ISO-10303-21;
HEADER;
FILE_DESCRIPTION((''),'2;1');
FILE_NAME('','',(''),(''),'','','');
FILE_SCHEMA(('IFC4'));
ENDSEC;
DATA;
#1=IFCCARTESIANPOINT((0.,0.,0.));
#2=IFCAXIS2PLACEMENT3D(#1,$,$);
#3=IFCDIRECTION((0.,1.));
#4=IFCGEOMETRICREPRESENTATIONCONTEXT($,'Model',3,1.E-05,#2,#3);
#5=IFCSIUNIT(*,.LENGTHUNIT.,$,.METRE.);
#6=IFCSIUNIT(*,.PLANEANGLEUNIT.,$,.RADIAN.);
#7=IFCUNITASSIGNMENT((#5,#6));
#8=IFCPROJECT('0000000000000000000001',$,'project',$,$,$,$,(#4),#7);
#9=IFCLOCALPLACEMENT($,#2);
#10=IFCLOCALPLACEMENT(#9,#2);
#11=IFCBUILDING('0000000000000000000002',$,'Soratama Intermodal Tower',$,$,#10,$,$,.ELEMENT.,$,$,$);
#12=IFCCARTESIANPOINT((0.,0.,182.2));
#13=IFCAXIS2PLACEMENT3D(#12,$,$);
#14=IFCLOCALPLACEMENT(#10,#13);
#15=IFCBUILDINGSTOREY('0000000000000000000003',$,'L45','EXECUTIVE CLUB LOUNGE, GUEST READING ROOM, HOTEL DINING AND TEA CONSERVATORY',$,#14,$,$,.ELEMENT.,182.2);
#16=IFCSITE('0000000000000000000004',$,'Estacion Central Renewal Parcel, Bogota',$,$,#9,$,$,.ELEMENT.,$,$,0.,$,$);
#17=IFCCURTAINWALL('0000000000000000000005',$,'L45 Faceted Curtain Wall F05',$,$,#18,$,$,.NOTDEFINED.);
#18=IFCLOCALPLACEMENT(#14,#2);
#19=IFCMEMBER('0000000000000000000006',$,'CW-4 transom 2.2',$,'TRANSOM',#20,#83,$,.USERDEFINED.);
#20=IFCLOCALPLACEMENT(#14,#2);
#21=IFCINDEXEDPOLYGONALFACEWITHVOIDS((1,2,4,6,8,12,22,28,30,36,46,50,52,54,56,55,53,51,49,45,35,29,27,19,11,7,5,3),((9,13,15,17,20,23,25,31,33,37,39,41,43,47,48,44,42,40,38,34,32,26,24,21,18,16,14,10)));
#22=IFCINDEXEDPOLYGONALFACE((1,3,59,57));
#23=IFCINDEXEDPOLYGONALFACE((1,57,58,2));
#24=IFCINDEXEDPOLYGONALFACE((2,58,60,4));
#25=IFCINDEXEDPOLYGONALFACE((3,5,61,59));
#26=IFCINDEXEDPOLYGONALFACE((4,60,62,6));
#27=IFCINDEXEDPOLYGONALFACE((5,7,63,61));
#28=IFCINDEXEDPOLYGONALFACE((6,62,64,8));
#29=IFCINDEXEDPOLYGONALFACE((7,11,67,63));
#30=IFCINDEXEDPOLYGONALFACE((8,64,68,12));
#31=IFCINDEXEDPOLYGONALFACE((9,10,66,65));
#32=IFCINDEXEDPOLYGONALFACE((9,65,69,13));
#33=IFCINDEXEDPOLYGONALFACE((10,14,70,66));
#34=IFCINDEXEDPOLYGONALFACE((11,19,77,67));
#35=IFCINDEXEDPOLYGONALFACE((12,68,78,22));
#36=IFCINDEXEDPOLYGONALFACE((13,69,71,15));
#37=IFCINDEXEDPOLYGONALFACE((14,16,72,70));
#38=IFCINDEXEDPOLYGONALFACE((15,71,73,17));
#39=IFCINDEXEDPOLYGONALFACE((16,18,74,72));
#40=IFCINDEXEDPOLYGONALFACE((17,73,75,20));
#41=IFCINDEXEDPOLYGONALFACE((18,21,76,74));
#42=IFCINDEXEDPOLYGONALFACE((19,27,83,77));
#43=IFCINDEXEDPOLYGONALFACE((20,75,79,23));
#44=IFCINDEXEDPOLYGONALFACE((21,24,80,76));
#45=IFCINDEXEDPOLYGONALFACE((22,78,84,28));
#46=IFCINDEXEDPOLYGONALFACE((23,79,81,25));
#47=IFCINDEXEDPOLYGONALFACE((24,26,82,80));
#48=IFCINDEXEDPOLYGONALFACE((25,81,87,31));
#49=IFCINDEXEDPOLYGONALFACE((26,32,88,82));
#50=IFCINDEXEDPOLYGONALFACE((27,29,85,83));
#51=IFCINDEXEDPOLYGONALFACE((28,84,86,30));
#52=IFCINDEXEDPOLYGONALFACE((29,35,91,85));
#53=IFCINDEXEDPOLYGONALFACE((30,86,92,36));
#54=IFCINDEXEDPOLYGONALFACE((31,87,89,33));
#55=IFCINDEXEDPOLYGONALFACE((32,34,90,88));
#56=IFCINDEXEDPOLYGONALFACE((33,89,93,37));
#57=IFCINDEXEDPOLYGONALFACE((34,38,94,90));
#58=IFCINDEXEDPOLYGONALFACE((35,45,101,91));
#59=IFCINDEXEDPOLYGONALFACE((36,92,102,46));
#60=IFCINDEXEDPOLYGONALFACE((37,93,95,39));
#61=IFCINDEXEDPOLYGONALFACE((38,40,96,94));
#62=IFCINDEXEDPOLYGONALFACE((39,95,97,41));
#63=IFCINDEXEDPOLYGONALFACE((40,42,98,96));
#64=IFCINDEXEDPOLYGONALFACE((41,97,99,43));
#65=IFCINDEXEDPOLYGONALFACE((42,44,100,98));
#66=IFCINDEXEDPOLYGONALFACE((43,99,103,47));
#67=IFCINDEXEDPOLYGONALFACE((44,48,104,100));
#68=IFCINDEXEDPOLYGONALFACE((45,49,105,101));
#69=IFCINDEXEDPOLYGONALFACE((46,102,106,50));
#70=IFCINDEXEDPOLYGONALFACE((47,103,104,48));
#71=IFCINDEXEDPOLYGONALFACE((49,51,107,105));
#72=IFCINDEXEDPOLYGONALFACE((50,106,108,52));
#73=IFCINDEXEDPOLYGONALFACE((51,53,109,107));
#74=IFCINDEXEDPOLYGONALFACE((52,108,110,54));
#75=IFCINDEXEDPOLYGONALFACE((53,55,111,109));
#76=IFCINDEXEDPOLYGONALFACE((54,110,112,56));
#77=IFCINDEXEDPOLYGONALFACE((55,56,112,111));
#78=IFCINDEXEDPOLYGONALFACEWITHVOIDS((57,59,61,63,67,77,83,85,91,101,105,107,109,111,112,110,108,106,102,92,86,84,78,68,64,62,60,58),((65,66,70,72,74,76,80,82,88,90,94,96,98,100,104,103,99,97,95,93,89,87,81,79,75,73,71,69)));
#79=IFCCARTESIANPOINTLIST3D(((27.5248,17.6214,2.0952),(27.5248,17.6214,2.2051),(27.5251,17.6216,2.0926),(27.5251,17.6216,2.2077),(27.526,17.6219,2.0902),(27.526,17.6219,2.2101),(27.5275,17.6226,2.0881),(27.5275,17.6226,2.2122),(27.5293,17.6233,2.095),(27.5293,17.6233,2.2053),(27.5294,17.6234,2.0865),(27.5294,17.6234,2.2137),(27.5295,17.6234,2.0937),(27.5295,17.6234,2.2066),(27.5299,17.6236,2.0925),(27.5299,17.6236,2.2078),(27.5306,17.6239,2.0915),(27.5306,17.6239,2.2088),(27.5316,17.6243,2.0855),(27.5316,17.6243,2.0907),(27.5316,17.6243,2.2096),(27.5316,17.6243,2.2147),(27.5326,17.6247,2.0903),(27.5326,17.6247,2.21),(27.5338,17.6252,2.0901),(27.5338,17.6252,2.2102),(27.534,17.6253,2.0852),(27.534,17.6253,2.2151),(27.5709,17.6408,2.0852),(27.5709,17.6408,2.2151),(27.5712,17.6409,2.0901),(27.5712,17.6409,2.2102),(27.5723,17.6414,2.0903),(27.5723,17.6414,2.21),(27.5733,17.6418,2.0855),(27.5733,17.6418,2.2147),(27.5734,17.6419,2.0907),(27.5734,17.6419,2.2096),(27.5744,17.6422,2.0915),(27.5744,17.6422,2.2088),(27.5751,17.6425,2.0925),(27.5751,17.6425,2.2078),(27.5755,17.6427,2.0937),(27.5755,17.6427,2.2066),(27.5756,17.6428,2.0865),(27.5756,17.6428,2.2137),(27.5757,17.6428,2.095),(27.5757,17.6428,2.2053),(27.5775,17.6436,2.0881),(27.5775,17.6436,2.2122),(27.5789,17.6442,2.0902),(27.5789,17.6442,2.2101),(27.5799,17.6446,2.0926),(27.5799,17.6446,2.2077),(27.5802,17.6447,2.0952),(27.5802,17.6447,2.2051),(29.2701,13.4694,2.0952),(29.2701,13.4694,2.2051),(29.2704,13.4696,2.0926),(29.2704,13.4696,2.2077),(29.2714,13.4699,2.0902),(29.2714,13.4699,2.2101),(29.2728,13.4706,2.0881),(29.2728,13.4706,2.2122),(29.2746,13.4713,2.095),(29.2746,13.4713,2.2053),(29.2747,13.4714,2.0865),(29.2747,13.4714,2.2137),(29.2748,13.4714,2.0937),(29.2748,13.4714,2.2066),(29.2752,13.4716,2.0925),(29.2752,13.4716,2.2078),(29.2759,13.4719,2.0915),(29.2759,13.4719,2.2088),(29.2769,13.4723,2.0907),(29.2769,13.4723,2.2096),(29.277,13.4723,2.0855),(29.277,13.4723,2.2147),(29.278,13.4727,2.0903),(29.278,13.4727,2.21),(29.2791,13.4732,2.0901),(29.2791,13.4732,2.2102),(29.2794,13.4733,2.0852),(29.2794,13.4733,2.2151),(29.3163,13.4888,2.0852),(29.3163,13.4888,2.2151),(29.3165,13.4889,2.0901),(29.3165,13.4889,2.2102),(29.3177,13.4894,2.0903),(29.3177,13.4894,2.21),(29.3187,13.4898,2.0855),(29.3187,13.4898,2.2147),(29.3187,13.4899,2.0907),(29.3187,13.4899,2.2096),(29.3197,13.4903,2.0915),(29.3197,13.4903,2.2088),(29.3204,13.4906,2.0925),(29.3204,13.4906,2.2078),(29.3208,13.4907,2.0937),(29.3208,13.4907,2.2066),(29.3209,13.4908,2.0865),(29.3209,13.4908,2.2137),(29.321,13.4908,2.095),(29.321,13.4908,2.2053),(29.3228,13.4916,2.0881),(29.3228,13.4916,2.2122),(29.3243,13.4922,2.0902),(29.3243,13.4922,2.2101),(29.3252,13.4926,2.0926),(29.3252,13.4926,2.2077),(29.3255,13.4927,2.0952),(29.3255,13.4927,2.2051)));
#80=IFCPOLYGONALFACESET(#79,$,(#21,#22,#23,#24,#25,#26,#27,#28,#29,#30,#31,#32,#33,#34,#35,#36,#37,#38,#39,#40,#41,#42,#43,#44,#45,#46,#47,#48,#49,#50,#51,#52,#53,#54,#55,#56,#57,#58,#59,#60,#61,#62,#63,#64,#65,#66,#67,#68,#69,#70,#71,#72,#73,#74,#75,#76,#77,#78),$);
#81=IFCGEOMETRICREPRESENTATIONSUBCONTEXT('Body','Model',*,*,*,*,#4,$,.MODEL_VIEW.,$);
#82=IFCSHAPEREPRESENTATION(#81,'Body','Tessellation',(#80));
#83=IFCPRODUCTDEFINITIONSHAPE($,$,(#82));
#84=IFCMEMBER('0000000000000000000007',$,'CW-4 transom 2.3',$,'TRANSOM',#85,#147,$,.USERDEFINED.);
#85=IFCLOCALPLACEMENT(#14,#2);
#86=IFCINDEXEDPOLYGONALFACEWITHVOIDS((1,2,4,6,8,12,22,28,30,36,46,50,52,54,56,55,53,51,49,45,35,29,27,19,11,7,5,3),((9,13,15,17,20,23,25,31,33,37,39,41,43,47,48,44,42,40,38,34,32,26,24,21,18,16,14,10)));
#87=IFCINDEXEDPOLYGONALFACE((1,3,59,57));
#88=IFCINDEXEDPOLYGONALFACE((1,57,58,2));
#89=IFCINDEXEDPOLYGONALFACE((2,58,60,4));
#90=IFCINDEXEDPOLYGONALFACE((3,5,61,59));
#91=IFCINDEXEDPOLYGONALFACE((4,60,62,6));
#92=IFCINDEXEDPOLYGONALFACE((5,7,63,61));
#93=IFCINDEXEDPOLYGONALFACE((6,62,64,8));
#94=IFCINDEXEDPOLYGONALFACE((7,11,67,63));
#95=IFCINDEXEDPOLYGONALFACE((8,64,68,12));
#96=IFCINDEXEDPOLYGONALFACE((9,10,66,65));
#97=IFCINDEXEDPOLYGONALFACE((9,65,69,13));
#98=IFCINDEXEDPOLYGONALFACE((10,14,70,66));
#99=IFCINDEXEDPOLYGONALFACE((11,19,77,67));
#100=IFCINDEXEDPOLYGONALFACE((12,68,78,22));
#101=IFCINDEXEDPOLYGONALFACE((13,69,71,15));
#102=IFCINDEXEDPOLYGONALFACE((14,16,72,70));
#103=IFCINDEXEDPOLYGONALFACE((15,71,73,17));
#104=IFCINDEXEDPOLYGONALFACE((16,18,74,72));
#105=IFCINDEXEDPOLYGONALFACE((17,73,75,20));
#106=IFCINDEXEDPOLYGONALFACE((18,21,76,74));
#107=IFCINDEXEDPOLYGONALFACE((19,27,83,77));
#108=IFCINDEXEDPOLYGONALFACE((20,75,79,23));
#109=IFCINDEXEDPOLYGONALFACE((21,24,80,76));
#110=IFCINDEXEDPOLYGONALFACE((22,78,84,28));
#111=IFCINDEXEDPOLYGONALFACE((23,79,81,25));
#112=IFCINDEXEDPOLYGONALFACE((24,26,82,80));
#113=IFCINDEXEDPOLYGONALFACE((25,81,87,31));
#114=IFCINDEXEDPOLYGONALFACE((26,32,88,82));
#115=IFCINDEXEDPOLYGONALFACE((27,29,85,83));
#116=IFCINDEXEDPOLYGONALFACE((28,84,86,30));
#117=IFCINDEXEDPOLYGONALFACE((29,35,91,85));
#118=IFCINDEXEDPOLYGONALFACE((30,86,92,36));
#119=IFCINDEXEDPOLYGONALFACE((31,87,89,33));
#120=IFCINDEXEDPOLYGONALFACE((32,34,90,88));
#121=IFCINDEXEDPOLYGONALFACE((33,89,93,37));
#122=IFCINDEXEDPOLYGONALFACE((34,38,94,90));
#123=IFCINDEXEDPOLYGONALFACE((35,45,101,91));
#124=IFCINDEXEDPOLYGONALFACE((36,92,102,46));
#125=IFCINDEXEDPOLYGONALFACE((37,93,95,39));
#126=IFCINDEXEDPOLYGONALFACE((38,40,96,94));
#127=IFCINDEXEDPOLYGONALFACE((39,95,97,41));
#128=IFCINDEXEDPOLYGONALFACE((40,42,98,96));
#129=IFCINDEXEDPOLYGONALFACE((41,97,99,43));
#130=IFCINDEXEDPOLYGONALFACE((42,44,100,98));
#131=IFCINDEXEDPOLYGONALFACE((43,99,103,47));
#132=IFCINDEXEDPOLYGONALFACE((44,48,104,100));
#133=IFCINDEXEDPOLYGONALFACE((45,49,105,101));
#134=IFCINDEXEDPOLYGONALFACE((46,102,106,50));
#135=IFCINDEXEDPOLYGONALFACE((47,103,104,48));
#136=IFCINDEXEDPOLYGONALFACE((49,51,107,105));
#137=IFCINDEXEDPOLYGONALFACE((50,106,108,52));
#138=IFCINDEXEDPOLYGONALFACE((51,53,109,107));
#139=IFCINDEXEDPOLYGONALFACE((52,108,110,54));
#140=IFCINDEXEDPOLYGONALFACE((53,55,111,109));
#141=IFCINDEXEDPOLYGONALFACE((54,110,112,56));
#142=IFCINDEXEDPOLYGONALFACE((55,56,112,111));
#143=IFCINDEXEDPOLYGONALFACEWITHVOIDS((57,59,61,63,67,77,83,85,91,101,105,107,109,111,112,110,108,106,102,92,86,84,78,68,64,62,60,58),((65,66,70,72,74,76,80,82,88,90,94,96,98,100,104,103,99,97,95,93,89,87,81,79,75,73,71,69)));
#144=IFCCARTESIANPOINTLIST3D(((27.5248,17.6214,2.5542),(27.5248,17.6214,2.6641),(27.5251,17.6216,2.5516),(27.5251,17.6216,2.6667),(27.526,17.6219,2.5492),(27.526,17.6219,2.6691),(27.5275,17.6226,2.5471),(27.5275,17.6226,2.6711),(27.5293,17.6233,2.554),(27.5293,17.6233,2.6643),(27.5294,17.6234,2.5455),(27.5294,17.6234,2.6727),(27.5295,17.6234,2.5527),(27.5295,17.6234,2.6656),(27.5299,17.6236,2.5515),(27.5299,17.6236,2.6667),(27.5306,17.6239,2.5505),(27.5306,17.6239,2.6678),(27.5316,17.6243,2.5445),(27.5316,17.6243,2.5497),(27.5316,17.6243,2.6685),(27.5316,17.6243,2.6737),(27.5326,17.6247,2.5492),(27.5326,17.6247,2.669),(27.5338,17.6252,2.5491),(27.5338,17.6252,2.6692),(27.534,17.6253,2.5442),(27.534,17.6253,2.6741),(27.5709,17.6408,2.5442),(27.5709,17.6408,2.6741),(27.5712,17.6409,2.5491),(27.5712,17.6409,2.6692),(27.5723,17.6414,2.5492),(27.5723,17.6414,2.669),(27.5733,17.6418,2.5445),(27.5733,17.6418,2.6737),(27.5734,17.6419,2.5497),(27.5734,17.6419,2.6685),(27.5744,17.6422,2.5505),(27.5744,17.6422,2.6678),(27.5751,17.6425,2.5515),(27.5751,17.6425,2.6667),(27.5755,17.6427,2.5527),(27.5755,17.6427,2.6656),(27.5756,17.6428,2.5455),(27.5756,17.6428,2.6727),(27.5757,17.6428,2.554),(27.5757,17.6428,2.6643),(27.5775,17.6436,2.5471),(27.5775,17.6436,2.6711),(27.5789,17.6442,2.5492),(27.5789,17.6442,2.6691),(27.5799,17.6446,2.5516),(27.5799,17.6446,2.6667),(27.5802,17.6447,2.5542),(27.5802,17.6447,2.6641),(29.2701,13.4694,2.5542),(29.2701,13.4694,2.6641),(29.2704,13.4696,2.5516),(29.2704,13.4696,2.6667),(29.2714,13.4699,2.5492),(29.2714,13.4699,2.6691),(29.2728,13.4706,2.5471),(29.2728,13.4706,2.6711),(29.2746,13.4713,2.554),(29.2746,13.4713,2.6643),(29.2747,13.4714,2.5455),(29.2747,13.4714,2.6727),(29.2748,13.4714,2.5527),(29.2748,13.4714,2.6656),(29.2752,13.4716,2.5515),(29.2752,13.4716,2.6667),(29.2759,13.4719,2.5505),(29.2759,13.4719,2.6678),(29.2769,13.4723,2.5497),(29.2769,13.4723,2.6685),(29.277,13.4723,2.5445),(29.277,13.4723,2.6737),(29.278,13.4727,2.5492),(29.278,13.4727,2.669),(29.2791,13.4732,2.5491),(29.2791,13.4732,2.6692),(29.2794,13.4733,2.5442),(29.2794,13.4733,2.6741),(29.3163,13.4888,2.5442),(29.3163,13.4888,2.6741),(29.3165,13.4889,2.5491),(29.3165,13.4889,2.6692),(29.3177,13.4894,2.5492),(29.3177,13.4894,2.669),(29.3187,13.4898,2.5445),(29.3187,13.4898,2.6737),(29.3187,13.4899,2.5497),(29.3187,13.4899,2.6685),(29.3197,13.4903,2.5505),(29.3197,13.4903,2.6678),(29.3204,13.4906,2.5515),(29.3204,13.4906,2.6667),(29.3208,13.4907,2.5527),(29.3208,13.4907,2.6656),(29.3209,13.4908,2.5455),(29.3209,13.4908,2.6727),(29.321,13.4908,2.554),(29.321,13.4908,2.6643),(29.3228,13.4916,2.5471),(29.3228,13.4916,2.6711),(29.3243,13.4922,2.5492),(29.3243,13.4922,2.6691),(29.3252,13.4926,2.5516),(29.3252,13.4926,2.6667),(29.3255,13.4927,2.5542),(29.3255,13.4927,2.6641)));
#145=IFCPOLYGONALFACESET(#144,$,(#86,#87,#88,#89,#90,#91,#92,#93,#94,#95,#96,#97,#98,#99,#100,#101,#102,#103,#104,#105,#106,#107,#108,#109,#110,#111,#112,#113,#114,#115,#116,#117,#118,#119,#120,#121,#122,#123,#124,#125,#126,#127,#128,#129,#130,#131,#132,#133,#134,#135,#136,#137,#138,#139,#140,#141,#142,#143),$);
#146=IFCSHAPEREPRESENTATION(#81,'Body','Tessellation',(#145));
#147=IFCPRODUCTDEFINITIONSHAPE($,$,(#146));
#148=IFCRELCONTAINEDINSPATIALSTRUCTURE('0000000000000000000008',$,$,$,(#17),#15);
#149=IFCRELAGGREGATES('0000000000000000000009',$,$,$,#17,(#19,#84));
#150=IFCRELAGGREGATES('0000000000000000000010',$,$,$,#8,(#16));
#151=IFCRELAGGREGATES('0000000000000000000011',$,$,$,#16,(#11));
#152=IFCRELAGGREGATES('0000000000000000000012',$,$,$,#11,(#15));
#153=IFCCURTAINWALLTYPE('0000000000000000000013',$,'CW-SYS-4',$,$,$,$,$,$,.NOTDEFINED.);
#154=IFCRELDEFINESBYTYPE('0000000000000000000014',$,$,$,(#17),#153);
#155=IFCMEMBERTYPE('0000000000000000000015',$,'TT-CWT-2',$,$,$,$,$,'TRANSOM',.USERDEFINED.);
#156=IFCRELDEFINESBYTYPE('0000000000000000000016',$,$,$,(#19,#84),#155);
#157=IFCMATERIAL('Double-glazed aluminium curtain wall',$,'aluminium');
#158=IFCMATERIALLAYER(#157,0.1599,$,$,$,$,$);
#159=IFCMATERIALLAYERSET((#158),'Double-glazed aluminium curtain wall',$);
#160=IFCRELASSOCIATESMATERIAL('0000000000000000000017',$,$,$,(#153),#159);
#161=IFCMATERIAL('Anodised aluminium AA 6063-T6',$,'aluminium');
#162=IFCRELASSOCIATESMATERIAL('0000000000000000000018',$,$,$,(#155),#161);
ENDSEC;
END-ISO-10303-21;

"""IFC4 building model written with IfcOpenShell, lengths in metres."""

from ifc_helpers import new_model, si_unit, direction, frame, origin, origin_2d, place, context, subcontext, project, spatial, hollow_rectangle, extrude, material, layer, layer_set, material_profile, profile_set, type_object, element, aggregate, save


model = new_model("IFC4")

# Units and contexts
model_context = context("Model", 3, precision=1e-05, world=origin(), true_north=direction((0.0, 1.0)))
body_context = subcontext(model_context, "Body", "Model", "MODEL_VIEW")
ifc_project = project(units=[si_unit("LENGTHUNIT", "METRE"), si_unit("PLANEANGLEUNIT", "RADIAN")], contexts=[model_context])

# Site, building, storey
site_placement = place(None, origin())
site = spatial("IfcSite", under=ifc_project, at=site_placement, Name="Estacion Central Renewal Parcel, Bogota", CompositionType="ELEMENT", RefElevation=0.0)
building_placement = place(site_placement, origin())
building = spatial("IfcBuilding", under=site, at=building_placement, Name="Soratama Intermodal Tower", CompositionType="ELEMENT")
storey_placement = place(building_placement, frame((0.0, 0.0, 182.2)))
storey = spatial("IfcBuildingStorey", under=building, at=storey_placement, Name="L45", Description="EXECUTIVE CLUB LOUNGE, GUEST READING ROOM, HOTEL DINING AND TEA CONSERVATORY", CompositionType="ELEMENT", Elevation=182.2)

# Curtain wall
ifc_material_1 = material(Name="Double-glazed aluminium curtain wall", Category="aluminium")
ifc_layer_1 = layer(ifc_material_1, 0.1599)
ifc_layer_set_1 = layer_set([ifc_layer_1], Name="Double-glazed aluminium curtain wall")
curtain_wall_type = type_object("IfcCurtainWallType", Name="CW-SYS-4", PredefinedType="NOTDEFINED", material=ifc_layer_set_1)
curtain_wall_1_placement = place(storey_placement, origin())
curtain_wall_1 = element("IfcCurtainWall", 1, at=curtain_wall_1_placement, inside=storey, type_object=curtain_wall_type, Name="L45 Faceted Curtain Wall F05", PredefinedType="NOTDEFINED")

# Members
ifc_material_2 = material(Name="Anodised aluminium AA 6063-T6", Category="aluminium")
ifc_material_profile_1 = material_profile(ifc_material_2, hollow_rectangle(XDim=0.0601, YDim=0.1299, WallThickness=0.0049, InnerFilletRadius=0.0049, OuterFilletRadius=0.01, at=origin_2d()), Name="CWT130X60X5")
ifc_profile_set_1 = profile_set([ifc_material_profile_1], Name="Anodised aluminium AA 6063-T6")
member_type_1 = type_object("IfcMemberType", Name="TT-CWT-2", ElementType="TRANSOM", PredefinedType="USERDEFINED", material=ifc_profile_set_1)
member_1_placement = place(storey_placement, frame((27.5525, 17.6331, 2.1501), z_axis=(0.387512, -0.921865, 0.0), x_axis=(0.921865, 0.387512, 0.0)))
member_1 = element("IfcMember", 2, at=member_1_placement, type_object=member_type_1, Name="CW-4 transom 2.2", ObjectType="TRANSOM", PredefinedType="USERDEFINED", context=body_context, shape_type="SweptSolid", body=[
    extrude(hollow_rectangle(XDim=0.0601, YDim=0.1299, WallThickness=0.0049, InnerFilletRadius=0.0049, OuterFilletRadius=0.01, at=origin_2d()), origin(), (0.0, 0.0, 1.0), 4.5039),
])
member_2_placement = place(storey_placement, frame((27.5525, 17.6331, 2.6091), z_axis=(0.387512, -0.921865, 0.0), x_axis=(0.921865, 0.387512, 0.0)))
member_2 = element("IfcMember", 3, at=member_2_placement, type_object=member_type_1, Name="CW-4 transom 2.3", ObjectType="TRANSOM", PredefinedType="USERDEFINED", context=body_context, shape_type="SweptSolid", body=[
    extrude(hollow_rectangle(XDim=0.0601, YDim=0.1299, WallThickness=0.0049, InnerFilletRadius=0.0049, OuterFilletRadius=0.01, at=origin_2d()), origin(), (0.0, 0.0, 1.0), 4.5039),
])

aggregate(curtain_wall_1, [member_1, member_2])

save(model, "model.ifc")
